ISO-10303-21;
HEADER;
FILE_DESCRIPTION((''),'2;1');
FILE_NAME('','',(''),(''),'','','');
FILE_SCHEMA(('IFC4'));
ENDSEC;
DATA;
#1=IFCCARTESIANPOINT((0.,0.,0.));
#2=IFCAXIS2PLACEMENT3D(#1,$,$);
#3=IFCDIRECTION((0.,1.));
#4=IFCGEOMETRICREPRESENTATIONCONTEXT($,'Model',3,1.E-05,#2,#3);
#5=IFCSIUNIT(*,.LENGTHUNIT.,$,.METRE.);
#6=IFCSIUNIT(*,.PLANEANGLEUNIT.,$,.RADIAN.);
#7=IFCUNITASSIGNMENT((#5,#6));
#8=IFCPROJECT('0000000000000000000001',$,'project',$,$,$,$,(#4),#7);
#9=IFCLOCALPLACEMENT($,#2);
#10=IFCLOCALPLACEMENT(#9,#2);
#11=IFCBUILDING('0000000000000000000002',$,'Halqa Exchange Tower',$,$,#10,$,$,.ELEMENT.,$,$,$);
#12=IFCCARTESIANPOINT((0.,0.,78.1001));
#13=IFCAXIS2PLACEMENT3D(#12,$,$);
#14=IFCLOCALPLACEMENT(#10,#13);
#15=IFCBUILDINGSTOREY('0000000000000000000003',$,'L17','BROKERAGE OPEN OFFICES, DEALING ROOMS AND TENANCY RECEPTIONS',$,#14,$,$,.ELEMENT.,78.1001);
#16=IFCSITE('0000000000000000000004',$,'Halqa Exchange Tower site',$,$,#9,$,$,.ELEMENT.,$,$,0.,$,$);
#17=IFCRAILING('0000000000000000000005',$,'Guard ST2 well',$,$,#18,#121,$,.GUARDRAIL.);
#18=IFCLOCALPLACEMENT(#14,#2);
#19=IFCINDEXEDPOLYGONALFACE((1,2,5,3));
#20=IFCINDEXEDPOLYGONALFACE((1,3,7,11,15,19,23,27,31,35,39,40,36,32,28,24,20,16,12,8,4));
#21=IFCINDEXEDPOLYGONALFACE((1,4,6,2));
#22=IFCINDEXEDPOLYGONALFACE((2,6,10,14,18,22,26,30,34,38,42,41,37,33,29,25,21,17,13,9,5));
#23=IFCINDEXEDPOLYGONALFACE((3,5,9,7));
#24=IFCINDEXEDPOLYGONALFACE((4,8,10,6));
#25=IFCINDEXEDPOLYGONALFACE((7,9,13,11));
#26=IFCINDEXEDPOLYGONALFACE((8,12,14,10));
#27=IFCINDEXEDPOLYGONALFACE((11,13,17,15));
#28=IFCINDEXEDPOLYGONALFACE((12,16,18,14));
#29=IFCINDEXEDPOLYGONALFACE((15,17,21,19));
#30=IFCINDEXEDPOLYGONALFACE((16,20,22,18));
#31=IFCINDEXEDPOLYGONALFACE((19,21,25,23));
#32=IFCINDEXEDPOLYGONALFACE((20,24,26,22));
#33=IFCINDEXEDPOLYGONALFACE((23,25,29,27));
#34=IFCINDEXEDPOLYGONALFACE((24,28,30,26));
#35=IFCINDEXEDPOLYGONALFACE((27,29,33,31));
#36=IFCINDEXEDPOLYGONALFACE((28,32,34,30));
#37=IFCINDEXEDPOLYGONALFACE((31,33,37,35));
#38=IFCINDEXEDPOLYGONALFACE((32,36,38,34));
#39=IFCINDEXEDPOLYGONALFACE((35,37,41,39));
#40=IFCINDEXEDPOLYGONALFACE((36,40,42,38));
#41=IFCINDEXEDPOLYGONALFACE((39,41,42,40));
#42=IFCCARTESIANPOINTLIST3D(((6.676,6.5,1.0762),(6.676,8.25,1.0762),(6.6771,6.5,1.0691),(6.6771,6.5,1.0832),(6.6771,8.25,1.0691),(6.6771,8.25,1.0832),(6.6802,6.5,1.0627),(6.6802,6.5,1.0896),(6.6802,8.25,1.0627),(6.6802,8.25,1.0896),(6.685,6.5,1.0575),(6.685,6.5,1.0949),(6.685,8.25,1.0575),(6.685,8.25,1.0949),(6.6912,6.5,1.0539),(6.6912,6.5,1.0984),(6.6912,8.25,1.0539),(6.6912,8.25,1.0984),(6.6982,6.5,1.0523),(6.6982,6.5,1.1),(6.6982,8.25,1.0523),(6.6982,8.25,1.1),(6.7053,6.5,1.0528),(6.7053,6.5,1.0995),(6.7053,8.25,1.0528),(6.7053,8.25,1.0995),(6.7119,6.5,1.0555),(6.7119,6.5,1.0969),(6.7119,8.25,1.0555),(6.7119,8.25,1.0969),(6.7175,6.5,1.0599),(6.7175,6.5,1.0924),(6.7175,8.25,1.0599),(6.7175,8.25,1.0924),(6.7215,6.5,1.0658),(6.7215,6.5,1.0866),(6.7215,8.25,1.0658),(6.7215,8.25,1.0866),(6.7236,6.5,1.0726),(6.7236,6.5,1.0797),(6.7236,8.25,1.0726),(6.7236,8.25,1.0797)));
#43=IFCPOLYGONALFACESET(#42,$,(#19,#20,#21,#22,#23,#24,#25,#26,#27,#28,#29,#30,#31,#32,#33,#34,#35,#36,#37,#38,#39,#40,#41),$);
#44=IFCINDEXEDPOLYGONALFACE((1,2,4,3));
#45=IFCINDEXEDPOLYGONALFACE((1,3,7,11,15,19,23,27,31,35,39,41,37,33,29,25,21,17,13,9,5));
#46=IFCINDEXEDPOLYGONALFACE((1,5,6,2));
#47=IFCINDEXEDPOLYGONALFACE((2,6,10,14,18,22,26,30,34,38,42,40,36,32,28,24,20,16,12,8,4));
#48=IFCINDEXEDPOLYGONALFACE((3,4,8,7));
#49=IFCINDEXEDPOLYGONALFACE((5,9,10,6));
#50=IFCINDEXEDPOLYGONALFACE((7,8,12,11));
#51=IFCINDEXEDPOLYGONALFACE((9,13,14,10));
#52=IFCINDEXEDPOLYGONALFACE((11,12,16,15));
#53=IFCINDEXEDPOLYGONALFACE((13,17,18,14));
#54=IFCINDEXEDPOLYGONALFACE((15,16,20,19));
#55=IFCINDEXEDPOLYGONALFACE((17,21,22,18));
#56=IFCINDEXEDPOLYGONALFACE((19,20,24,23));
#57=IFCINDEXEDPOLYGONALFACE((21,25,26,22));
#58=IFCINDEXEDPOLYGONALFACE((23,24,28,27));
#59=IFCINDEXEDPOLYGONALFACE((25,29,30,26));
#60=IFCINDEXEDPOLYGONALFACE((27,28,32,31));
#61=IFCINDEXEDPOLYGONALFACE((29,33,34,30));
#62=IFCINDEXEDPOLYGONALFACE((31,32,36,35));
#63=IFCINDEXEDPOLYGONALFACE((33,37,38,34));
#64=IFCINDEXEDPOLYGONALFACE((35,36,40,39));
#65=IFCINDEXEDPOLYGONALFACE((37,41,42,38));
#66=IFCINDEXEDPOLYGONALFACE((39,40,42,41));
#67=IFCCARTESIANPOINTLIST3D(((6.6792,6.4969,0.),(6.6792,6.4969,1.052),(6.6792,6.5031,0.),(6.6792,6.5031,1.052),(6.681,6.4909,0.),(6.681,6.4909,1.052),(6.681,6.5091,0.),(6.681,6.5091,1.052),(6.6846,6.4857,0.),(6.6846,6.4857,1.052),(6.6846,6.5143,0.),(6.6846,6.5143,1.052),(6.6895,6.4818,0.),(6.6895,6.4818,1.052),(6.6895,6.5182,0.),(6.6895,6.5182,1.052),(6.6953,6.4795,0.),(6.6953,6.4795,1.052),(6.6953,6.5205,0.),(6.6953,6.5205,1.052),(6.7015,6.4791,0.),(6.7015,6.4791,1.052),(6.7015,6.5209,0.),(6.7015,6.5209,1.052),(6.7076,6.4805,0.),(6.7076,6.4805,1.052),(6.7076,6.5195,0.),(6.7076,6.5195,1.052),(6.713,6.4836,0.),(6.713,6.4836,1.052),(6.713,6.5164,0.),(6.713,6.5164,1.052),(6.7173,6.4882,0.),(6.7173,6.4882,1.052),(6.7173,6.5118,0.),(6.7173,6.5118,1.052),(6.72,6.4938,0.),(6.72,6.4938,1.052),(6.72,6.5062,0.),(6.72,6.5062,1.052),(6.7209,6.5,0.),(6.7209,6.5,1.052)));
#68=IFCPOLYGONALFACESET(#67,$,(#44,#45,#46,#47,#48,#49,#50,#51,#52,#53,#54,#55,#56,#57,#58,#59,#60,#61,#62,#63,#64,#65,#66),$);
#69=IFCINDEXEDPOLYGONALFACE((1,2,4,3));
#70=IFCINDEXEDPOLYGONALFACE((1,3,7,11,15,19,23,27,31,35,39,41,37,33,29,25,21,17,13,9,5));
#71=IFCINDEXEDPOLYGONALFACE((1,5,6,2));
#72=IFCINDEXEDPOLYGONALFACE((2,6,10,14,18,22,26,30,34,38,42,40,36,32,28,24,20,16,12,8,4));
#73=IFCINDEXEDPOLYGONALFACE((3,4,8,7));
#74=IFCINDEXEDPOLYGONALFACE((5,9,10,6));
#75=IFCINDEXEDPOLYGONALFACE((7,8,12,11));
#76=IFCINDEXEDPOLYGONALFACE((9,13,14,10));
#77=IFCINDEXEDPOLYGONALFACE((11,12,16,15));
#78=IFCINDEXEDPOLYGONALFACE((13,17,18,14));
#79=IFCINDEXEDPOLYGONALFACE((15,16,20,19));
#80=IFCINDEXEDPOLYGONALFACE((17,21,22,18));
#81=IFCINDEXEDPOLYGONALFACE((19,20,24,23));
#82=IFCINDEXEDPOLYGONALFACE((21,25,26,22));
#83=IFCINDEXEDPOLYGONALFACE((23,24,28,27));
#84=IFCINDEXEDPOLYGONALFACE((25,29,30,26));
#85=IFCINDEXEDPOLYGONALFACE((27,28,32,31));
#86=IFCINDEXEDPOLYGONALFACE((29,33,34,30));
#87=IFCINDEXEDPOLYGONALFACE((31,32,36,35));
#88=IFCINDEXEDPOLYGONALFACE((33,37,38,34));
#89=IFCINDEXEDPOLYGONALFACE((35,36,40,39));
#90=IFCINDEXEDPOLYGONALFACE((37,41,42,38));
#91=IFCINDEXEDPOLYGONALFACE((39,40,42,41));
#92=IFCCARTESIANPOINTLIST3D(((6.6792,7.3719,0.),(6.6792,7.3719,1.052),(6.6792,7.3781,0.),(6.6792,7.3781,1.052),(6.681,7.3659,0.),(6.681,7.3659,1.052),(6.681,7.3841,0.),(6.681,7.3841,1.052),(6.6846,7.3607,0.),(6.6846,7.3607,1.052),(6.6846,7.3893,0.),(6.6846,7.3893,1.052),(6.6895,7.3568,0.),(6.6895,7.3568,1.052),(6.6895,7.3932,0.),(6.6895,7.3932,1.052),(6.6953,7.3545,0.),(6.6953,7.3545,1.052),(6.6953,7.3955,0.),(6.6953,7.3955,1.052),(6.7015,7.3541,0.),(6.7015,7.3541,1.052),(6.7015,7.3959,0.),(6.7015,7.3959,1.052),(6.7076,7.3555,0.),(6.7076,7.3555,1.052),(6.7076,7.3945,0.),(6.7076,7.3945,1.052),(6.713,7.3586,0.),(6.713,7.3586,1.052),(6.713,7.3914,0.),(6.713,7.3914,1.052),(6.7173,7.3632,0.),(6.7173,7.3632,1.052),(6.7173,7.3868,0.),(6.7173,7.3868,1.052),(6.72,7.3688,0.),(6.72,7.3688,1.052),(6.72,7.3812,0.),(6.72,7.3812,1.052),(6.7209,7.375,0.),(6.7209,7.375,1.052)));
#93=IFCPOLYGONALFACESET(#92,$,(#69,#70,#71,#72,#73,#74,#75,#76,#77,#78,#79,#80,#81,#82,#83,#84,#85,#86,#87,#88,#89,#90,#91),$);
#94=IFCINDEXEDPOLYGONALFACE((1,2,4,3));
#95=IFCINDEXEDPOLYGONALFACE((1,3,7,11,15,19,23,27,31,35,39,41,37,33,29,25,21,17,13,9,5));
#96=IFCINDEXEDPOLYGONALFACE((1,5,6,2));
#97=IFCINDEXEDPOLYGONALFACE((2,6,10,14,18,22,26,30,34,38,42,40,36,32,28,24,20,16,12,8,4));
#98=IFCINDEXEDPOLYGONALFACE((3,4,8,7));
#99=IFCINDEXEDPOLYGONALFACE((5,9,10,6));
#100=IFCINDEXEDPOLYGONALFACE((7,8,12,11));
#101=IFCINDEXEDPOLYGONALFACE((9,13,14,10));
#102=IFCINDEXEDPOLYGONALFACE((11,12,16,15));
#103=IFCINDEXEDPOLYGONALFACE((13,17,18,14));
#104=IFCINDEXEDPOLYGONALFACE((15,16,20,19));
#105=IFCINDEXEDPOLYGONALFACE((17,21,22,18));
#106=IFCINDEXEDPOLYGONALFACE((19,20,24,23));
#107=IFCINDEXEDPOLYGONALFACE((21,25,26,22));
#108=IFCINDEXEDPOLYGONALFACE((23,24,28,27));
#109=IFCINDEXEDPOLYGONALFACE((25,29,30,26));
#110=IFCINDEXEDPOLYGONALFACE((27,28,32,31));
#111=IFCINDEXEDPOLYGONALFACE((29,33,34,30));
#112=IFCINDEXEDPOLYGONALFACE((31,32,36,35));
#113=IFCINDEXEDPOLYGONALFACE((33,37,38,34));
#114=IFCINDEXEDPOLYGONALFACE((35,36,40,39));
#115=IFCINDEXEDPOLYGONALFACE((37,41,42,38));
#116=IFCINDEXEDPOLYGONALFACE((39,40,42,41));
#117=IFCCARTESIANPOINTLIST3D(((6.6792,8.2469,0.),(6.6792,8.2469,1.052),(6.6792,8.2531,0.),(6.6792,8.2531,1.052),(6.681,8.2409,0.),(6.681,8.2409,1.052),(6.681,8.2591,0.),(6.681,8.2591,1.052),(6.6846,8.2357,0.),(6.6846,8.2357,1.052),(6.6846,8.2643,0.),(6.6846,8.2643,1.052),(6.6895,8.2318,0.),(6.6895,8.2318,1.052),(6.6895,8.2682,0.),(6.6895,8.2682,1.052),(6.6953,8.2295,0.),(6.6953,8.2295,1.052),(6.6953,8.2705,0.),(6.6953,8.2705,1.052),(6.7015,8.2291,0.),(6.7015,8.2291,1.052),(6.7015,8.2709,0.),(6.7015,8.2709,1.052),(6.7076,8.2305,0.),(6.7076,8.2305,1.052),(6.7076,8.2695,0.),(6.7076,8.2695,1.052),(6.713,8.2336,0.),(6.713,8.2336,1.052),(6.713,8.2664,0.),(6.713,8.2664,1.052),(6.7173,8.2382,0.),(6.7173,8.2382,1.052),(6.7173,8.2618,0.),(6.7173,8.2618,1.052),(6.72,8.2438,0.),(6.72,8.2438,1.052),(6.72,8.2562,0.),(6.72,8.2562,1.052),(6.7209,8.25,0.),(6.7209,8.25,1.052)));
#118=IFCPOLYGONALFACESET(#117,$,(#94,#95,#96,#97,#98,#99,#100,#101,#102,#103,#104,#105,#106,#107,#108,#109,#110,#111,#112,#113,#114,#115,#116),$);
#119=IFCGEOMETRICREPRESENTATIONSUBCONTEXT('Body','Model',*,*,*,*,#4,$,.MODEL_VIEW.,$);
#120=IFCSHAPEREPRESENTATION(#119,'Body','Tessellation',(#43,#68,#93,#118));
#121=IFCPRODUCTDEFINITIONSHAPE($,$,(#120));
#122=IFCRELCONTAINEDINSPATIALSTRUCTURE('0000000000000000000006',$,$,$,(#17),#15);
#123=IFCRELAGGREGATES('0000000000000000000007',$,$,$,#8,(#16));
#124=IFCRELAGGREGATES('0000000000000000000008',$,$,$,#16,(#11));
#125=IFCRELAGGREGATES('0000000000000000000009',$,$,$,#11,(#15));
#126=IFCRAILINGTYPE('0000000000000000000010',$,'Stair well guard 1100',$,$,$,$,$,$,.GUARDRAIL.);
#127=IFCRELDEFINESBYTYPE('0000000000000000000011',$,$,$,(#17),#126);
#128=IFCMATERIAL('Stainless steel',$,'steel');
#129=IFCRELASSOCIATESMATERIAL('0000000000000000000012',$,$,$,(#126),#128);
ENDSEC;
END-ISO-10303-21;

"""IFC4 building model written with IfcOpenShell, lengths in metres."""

from ifc_helpers import new_model, si_unit, direction, frame, origin, origin_2d, place, context, subcontext, project, spatial, circle, extrude, material, type_object, element, save


model = new_model("IFC4")

# Units and contexts
model_context = context("Model", 3, precision=1e-05, world=origin(), true_north=direction((0.0, 1.0)))
body_context = subcontext(model_context, "Body", "Model", "MODEL_VIEW")
ifc_project = project(units=[si_unit("LENGTHUNIT", "METRE"), si_unit("PLANEANGLEUNIT", "RADIAN")], contexts=[model_context])

# Site, building, storey
site_placement = place(None, origin())
site = spatial("IfcSite", under=ifc_project, at=site_placement, Name="Halqa Exchange Tower site", CompositionType="ELEMENT", RefElevation=0.0)
building_placement = place(site_placement, origin())
building = spatial("IfcBuilding", under=site, at=building_placement, Name="Halqa Exchange Tower", CompositionType="ELEMENT")
storey_placement = place(building_placement, frame((0.0, 0.0, 78.1001)))
storey = spatial("IfcBuildingStorey", under=building, at=storey_placement, Name="L17", Description="BROKERAGE OPEN OFFICES, DEALING ROOMS AND TENANCY RECEPTIONS", CompositionType="ELEMENT", Elevation=78.1001)

# Railing
ifc_material_1 = material(Name="Stainless steel", Category="steel")
railing_type_1 = type_object("IfcRailingType", Name="Stair well guard 1100", PredefinedType="GUARDRAIL", material=ifc_material_1)
railing_1_placement = place(storey_placement, frame((6.7, 6.5, 0.0)))
element("IfcRailing", 1, at=railing_1_placement, inside=storey, type_object=railing_type_1, Name="Guard ST2 well", PredefinedType="GUARDRAIL", context=body_context, shape_type="SweptSolid", body=[
    extrude(circle(Radius=0.0239, at=origin_2d()), frame((0.0, 0.0, 1.0762), z_axis=(0.0, 1.0, 0.0), x_axis=(-1.0, 0.0, 0.0)), (0.0, 0.0, 1.0), 1.75),
    extrude(circle(Radius=0.021, at=origin_2d()), origin(), (0.0, 0.0, 1.0), 1.052),
    extrude(circle(Radius=0.021, at=origin_2d()), frame((0.0, 0.875, 0.0)), (0.0, 0.0, 1.0), 1.052),
    extrude(circle(Radius=0.021, at=origin_2d()), frame((0.0, 1.75, 0.0)), (0.0, 0.0, 1.0), 1.052),
])

save(model, "model.ifc")
